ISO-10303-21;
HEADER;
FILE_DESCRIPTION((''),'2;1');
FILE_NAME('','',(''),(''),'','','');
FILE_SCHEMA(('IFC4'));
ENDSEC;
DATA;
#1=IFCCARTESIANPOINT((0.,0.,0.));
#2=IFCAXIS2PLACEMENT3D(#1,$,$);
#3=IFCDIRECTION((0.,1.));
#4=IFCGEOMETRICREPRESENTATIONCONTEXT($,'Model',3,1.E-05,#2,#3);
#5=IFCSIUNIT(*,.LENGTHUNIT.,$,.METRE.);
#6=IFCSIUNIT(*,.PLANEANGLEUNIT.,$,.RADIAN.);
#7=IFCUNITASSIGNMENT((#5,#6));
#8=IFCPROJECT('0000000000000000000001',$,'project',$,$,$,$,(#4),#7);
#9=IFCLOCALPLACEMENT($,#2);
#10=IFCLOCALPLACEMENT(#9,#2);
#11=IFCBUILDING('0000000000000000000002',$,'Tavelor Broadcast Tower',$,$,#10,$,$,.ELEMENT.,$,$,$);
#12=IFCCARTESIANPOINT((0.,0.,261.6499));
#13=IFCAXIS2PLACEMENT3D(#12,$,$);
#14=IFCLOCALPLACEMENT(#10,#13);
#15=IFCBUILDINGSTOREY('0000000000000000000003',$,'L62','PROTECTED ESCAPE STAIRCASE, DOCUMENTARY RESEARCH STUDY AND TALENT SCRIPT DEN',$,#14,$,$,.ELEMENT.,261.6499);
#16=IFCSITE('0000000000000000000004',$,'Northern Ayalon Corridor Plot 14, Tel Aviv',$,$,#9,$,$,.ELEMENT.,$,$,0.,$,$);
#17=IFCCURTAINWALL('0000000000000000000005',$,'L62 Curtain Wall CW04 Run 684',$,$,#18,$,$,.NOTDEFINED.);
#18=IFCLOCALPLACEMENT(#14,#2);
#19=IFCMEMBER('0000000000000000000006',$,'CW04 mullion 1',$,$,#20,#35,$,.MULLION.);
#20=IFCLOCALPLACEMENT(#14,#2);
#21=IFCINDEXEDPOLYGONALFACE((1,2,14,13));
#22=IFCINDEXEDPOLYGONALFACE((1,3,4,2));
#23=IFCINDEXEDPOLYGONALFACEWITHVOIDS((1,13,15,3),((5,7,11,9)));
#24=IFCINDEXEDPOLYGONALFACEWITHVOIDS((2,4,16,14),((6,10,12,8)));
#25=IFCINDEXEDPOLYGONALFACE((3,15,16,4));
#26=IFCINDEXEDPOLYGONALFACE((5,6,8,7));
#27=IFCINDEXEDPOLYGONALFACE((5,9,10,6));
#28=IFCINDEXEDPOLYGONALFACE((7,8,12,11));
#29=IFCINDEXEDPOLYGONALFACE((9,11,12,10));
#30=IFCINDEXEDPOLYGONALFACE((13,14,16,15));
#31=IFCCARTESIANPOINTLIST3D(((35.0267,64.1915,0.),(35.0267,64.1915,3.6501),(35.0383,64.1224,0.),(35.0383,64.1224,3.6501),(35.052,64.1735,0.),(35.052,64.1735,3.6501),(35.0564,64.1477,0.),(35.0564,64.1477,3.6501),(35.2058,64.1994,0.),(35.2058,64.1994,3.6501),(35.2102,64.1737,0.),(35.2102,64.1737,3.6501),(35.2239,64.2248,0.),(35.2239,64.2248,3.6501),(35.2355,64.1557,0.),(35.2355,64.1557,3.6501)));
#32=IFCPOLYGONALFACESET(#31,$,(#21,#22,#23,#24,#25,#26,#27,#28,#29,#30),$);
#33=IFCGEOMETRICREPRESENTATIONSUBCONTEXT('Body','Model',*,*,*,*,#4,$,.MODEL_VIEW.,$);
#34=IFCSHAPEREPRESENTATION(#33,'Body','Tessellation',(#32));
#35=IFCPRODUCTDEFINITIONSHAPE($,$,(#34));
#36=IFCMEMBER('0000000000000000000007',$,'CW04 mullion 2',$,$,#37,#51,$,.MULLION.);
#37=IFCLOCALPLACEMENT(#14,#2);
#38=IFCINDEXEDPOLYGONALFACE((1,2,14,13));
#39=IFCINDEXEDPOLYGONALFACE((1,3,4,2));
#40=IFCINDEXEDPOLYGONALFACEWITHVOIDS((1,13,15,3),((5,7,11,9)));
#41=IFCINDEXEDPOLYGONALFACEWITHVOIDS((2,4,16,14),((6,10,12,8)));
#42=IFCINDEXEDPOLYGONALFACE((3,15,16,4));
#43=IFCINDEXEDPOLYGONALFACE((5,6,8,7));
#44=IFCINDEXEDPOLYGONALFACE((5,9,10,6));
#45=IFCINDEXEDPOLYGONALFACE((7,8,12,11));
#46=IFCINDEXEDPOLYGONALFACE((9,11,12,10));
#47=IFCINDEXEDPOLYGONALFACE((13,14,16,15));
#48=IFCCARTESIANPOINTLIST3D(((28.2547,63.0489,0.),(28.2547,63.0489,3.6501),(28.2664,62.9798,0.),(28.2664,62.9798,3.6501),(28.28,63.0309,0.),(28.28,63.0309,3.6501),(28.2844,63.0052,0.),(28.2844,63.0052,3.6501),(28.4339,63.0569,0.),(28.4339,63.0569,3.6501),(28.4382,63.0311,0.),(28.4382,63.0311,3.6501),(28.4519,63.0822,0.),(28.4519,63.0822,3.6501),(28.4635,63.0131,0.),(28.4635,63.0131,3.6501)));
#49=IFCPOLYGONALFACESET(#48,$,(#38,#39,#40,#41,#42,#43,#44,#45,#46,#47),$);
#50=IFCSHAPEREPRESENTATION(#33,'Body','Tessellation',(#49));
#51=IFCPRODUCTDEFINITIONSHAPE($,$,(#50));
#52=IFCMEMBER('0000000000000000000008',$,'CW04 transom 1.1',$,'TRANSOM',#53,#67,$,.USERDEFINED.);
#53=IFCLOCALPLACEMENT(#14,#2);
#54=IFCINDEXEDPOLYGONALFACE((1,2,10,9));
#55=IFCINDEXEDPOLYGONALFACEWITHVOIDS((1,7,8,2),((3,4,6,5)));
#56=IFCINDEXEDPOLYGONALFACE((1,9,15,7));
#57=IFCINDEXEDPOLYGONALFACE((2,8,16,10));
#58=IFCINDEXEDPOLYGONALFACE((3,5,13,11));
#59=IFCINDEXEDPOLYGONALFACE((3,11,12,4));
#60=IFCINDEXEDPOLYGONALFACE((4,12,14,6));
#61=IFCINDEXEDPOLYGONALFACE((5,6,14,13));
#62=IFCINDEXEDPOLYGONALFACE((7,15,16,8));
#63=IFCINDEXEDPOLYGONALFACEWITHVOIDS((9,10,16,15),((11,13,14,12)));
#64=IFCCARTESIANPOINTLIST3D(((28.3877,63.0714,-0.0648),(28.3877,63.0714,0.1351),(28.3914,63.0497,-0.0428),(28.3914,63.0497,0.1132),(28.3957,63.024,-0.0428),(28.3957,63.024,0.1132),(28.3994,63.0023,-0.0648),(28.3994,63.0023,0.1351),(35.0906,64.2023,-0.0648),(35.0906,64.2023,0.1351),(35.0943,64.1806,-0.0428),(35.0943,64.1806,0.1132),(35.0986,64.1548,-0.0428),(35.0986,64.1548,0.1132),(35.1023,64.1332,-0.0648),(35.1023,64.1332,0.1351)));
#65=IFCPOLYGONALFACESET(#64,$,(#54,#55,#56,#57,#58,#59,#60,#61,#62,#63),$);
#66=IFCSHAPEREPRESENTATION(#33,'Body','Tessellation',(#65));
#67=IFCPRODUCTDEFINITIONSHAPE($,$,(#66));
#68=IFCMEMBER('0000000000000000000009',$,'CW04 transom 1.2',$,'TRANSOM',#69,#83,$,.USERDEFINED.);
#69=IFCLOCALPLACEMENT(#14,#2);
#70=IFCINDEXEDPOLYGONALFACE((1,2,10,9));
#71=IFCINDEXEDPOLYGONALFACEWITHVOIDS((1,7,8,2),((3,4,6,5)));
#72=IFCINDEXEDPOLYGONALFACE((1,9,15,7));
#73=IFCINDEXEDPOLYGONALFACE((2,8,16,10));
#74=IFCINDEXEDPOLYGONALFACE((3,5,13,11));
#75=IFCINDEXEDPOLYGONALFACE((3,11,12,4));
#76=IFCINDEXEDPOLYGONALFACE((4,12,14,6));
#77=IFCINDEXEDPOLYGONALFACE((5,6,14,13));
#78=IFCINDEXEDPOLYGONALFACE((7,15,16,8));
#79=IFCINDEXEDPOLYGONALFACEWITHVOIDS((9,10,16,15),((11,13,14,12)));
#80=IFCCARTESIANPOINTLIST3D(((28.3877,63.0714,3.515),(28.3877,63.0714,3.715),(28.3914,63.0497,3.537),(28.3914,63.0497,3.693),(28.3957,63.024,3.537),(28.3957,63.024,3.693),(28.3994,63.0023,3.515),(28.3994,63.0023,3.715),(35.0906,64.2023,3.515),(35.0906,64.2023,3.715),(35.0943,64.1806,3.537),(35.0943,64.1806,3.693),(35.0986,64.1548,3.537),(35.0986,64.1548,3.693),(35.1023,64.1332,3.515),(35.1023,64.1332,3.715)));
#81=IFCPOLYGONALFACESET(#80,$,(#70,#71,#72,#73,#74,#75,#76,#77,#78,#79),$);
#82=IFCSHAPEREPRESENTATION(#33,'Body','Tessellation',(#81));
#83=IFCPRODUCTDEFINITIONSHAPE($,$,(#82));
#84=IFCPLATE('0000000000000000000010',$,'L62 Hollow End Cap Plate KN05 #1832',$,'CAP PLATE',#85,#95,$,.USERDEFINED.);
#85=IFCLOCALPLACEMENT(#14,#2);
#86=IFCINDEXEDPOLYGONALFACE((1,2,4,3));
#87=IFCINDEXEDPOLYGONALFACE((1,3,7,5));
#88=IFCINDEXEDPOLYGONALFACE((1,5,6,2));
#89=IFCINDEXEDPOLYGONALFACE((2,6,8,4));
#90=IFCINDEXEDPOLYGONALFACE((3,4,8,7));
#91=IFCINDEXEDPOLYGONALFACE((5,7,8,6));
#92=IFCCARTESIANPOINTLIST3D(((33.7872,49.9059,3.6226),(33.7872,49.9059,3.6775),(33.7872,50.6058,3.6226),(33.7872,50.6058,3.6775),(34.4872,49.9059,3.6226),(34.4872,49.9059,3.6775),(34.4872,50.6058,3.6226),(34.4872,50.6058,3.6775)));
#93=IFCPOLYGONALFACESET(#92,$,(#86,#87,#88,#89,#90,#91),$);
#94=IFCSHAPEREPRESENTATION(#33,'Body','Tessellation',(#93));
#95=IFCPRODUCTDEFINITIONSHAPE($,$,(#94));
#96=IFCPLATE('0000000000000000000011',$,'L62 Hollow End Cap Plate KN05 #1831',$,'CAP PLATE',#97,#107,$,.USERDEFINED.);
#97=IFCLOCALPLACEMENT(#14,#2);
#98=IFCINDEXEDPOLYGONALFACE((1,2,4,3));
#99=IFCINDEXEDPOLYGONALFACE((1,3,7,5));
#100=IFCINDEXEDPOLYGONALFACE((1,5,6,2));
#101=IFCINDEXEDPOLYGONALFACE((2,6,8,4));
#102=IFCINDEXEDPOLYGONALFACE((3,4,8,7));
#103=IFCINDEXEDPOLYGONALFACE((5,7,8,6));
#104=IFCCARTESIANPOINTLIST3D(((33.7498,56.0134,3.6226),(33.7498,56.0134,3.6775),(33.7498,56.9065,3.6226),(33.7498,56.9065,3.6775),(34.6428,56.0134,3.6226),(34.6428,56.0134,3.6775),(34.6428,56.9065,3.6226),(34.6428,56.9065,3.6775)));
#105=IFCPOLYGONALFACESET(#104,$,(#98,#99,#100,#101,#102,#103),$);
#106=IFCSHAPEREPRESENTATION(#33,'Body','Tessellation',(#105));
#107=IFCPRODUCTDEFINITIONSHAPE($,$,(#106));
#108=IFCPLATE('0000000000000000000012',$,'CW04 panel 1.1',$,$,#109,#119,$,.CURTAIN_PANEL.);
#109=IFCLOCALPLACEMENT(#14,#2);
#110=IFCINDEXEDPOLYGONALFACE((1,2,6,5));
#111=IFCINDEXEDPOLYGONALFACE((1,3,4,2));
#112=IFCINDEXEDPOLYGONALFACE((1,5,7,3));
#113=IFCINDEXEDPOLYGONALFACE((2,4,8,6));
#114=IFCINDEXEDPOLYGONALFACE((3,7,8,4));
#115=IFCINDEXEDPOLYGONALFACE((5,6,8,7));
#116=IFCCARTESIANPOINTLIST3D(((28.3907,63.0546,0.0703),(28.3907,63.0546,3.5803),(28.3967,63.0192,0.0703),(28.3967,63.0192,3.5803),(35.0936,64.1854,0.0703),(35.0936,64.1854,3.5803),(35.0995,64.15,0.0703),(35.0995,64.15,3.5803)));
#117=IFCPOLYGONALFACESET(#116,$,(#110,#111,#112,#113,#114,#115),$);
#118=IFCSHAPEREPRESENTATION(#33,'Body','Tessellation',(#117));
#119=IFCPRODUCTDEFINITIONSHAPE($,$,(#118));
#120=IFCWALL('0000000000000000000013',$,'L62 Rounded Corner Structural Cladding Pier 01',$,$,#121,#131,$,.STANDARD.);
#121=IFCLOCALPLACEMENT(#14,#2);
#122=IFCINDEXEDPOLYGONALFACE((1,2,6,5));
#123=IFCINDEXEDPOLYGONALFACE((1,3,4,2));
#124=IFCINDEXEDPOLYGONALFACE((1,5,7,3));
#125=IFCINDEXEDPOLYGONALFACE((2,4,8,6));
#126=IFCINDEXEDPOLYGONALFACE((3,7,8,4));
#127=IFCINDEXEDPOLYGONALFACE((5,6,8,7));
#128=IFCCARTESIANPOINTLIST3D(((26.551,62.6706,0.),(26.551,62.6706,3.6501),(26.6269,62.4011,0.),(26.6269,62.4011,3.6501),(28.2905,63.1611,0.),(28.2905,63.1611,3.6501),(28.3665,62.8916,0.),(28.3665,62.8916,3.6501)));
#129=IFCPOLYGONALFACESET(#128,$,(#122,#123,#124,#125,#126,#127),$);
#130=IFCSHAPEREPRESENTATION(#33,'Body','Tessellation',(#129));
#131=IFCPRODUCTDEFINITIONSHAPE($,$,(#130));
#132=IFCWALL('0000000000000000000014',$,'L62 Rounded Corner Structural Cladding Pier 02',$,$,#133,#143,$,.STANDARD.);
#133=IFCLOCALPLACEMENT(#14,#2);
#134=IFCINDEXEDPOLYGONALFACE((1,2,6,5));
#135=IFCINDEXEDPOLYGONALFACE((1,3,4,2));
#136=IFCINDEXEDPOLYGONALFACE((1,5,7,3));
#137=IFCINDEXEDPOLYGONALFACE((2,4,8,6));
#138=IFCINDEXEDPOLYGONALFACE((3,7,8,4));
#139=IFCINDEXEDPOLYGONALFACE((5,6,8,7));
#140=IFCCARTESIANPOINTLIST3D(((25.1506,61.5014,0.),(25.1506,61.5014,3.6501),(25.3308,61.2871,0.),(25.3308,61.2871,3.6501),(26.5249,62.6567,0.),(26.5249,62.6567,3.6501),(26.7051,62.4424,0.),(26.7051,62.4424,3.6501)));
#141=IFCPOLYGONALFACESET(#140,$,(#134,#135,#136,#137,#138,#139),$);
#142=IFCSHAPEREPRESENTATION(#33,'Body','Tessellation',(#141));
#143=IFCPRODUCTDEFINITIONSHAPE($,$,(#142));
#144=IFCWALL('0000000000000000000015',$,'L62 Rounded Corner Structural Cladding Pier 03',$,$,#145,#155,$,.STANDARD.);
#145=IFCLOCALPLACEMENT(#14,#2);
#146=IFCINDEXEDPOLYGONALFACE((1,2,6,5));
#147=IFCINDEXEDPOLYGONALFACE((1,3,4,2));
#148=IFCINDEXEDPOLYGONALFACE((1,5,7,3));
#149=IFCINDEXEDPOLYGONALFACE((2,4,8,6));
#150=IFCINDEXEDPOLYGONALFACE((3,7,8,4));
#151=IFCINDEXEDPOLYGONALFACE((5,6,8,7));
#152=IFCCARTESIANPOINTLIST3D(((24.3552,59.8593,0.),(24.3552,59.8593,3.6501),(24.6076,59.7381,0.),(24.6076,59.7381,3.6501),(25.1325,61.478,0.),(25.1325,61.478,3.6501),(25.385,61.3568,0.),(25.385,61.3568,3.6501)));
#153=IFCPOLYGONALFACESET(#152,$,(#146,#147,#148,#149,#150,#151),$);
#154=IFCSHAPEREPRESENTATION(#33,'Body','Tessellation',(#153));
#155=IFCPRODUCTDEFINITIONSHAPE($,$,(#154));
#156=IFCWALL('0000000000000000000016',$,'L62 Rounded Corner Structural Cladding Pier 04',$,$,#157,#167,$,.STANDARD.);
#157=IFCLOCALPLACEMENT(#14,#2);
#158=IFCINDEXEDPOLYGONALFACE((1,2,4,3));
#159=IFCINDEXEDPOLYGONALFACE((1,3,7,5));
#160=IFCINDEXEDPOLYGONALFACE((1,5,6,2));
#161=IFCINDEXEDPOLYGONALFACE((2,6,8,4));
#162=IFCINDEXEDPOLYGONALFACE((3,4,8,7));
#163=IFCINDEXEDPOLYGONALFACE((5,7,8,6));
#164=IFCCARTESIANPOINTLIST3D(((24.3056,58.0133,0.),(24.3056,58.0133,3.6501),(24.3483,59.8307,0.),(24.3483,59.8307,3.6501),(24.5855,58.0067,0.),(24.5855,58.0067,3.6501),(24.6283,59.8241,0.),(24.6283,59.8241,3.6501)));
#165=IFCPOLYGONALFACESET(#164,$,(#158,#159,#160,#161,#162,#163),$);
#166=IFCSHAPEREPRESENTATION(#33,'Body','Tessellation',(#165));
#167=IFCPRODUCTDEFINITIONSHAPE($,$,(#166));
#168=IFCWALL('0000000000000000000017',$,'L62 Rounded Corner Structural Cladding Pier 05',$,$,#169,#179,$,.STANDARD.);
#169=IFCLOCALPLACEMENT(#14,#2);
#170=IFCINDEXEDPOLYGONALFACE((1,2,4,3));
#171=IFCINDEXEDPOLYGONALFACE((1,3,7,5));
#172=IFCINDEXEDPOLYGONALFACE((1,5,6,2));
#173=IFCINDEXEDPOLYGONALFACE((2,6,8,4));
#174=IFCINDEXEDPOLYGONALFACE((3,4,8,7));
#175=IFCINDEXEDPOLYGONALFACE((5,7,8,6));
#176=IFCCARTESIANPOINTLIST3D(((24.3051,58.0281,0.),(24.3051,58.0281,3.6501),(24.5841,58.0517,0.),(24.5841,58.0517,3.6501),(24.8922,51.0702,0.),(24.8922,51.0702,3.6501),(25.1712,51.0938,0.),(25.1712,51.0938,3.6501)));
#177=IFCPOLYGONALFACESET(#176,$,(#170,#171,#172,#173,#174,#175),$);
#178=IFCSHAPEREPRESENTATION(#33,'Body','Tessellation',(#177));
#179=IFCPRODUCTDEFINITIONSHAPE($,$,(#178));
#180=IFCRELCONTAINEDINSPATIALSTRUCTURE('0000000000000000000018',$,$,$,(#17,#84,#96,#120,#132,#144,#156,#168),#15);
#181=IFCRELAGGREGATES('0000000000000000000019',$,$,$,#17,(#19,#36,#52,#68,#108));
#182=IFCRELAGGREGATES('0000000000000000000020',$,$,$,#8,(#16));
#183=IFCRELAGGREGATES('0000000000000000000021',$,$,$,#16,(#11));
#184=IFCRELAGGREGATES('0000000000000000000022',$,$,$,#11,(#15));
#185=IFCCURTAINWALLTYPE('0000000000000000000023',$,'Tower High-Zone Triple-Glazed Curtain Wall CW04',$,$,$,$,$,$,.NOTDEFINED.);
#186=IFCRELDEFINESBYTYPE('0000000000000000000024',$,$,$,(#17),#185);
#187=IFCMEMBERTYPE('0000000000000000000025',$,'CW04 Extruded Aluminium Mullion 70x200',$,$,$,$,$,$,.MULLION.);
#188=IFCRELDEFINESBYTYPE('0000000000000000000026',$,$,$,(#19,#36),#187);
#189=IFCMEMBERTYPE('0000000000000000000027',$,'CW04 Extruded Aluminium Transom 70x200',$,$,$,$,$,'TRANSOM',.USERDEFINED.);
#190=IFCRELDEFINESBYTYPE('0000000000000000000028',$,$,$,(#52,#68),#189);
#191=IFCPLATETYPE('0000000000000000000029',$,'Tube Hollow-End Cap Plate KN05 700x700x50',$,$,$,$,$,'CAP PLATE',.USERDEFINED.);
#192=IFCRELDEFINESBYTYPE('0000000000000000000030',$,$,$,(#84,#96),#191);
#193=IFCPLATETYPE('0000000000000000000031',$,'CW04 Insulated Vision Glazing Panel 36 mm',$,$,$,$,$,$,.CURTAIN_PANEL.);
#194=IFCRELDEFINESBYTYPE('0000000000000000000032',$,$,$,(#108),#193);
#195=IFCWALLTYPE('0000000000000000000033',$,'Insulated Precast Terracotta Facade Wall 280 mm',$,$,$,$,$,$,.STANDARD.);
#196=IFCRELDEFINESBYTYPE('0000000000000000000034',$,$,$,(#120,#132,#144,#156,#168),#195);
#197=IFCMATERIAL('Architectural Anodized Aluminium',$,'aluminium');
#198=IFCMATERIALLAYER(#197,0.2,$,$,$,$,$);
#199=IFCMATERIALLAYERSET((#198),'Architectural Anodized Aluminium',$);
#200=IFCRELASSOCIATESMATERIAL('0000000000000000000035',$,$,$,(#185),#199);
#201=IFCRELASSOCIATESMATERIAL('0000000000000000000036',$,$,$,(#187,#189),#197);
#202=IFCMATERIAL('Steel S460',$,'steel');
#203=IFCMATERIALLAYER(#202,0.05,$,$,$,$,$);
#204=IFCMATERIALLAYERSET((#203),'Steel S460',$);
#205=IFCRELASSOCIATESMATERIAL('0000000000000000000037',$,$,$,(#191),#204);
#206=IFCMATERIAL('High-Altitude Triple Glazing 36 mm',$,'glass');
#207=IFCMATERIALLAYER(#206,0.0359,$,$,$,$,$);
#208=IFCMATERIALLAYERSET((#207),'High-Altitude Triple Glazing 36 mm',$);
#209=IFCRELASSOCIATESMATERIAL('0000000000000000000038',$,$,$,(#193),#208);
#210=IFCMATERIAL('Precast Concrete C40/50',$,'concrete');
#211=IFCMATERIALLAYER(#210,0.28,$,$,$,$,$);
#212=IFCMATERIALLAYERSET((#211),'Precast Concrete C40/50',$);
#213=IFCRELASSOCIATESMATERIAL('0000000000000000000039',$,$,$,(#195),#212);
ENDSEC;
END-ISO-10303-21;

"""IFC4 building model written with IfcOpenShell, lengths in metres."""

from ifc_helpers import new_model, si_unit, direction, frame, frame_2d, origin, origin_2d, place, context, subcontext, project, spatial, rectangle, hollow_rectangle, extrude, source, transform, mapped, material, layer, layer_set, material_profile, profile_set, type_object, type_shapes, element, aggregate, save


model = new_model("IFC4")

# Units and contexts
model_context = context("Model", 3, precision=1e-05, world=origin(), true_north=direction((0.0, 1.0)))
body_context = subcontext(model_context, "Body", "Model", "MODEL_VIEW")
ifc_project = project(units=[si_unit("LENGTHUNIT", "METRE"), si_unit("PLANEANGLEUNIT", "RADIAN")], contexts=[model_context])

# Site, building, storey
site_placement = place(None, origin())
site = spatial("IfcSite", under=ifc_project, at=site_placement, Name="Northern Ayalon Corridor Plot 14, Tel Aviv", CompositionType="ELEMENT", RefElevation=0.0)
building_placement = place(site_placement, origin())
building = spatial("IfcBuilding", under=site, at=building_placement, Name="Tavelor Broadcast Tower", CompositionType="ELEMENT")
storey_placement = place(building_placement, frame((0.0, 0.0, 261.6499)))
storey = spatial("IfcBuildingStorey", under=building, at=storey_placement, Name="L62", Description="PROTECTED ESCAPE STAIRCASE, DOCUMENTARY RESEARCH STUDY AND TALENT SCRIPT DEN", CompositionType="ELEMENT", Elevation=261.6499)

# Shared definitions
ifc_material_1 = material(Name="Steel S460", Category="steel")

# Curtain wall, members
ifc_material_2 = material(Name="Architectural Anodized Aluminium", Category="aluminium")
ifc_layer_1 = layer(ifc_material_2, 0.2)
ifc_layer_set_1 = layer_set([ifc_layer_1], Name="Architectural Anodized Aluminium")
curtain_wall_type = type_object("IfcCurtainWallType", Name="Tower High-Zone Triple-Glazed Curtain Wall CW04", PredefinedType="NOTDEFINED", material=ifc_layer_set_1)
curtain_wall_placement = place(storey_placement, origin())
curtain_wall = element("IfcCurtainWall", 1, at=curtain_wall_placement, inside=storey, type_object=curtain_wall_type, Name="L62 Curtain Wall CW04 Run 684", PredefinedType="NOTDEFINED")
ifc_material_profile_1 = material_profile(ifc_material_2, hollow_rectangle(XDim=0.0701, YDim=0.2, WallThickness=0.022, at=origin_2d()), Name="RHS 70x200x22")
ifc_profile_set_1 = profile_set([ifc_material_profile_1], Name="Architectural Anodized Aluminium")
member_type_1 = type_object("IfcMemberType", Name="CW04 Extruded Aluminium Mullion 70x200", PredefinedType="MULLION", material=ifc_profile_set_1)
shared_shape_1 = source(origin(), body_context, "Body", "SweptSolid", [
    extrude(hollow_rectangle(XDim=0.0701, YDim=0.2, WallThickness=0.022, at=origin_2d()), origin(), (0.0, 0.0, 1.0), 3.6501),
])
type_shapes(member_type_1, [shared_shape_1])
member_1_placement = place(storey_placement, frame((35.1311, 64.1736, 0.0), z_axis=(0.0, 0.0, 1.0), x_axis=(0.166355, -0.986066, 0.0)))
member_1 = element("IfcMember", 2, at=member_1_placement, type_object=member_type_1, Name="CW04 mullion 1", PredefinedType="MULLION", context=body_context, shape_type="MappedRepresentation", body=[
    mapped(shared_shape_1, transform((0.0, 0.0, 0.0), scale=1.0)),
])
member_2_placement = place(storey_placement, frame((28.3591, 63.031, 0.0), z_axis=(0.0, 0.0, 1.0), x_axis=(0.166355, -0.986066, 0.0)))
member_2 = element("IfcMember", 3, at=member_2_placement, type_object=member_type_1, Name="CW04 mullion 2", PredefinedType="MULLION", context=body_context, shape_type="MappedRepresentation", body=[
    mapped(shared_shape_1, transform((0.0, 0.0, 0.0), scale=1.0)),
])
ifc_material_profile_2 = material_profile(ifc_material_2, hollow_rectangle(XDim=0.0701, YDim=0.2, WallThickness=0.022, at=origin_2d()), Name="RHS 70x200x22")
ifc_profile_set_2 = profile_set([ifc_material_profile_2], Name="Architectural Anodized Aluminium")
member_type_2 = type_object("IfcMemberType", Name="CW04 Extruded Aluminium Transom 70x200", ElementType="TRANSOM", PredefinedType="USERDEFINED", material=ifc_profile_set_2)
shared_shape_2 = source(origin(), body_context, "Body", "SweptSolid", [
    extrude(hollow_rectangle(XDim=0.0701, YDim=0.2, WallThickness=0.022, at=origin_2d()), origin(), (0.0, 0.0, 1.0), 6.7976),
])
type_shapes(member_type_2, [shared_shape_2])
member_3_placement = place(storey_placement, frame((35.0964, 64.1677, 0.0352), z_axis=(-0.986065, -0.166361, 0.0), x_axis=(0.166361, -0.986065, 0.0)))
member_3 = element("IfcMember", 4, at=member_3_placement, type_object=member_type_2, Name="CW04 transom 1.1", ObjectType="TRANSOM", PredefinedType="USERDEFINED", context=body_context, shape_type="MappedRepresentation", body=[
    mapped(shared_shape_2, transform((0.0, 0.0, 0.0), scale=1.0)),
])
member_4_placement = place(storey_placement, frame((35.0964, 64.1677, 3.615), z_axis=(-0.986065, -0.166361, 0.0), x_axis=(0.166361, -0.986065, 0.0)))
member_4 = element("IfcMember", 5, at=member_4_placement, type_object=member_type_2, Name="CW04 transom 1.2", ObjectType="TRANSOM", PredefinedType="USERDEFINED", context=body_context, shape_type="MappedRepresentation", body=[
    mapped(shared_shape_2, transform((0.0, 0.0, 0.0), scale=1.0)),
])

# Plates
ifc_layer_2 = layer(ifc_material_1, 0.05)
ifc_layer_set_2 = layer_set([ifc_layer_2], Name="Steel S460")
plate_type_1 = type_object("IfcPlateType", Name="Tube Hollow-End Cap Plate KN05 700x700x50", ElementType="CAP PLATE", PredefinedType="USERDEFINED", material=ifc_layer_set_2)
shared_shape_3 = source(origin(), body_context, "Body", "SweptSolid", [
    extrude(rectangle(XDim=0.7, YDim=0.7, at=origin_2d()), origin(), (0.0, 0.0, 1.0), 0.0549),
])
plate_1_placement = place(storey_placement, frame((34.1372, 50.2559, 3.6226), z_axis=(0.0, 0.0, 1.0), x_axis=(1.0, 0.0, 0.0)))
element("IfcPlate", 6, at=plate_1_placement, inside=storey, type_object=plate_type_1, Name="L62 Hollow End Cap Plate KN05 #1832", ObjectType="CAP PLATE", PredefinedType="USERDEFINED", context=body_context, shape_type="MappedRepresentation", body=[
    mapped(shared_shape_3, transform((0.0, 0.0, 0.0), scale=1.0)),
])
shared_shape_4 = source(origin(), body_context, "Body", "SweptSolid", [
    extrude(rectangle(XDim=0.8931, YDim=0.8931, at=origin_2d()), origin(), (0.0, 0.0, 1.0), 0.0549),
])
type_shapes(plate_type_1, [shared_shape_3, shared_shape_4])
plate_2_placement = place(storey_placement, frame((34.1963, 56.46, 3.6226), z_axis=(0.0, 0.0, 1.0), x_axis=(1.0, 0.0, 0.0)))
element("IfcPlate", 7, at=plate_2_placement, inside=storey, type_object=plate_type_1, Name="L62 Hollow End Cap Plate KN05 #1831", ObjectType="CAP PLATE", PredefinedType="USERDEFINED", context=body_context, shape_type="MappedRepresentation", body=[
    mapped(shared_shape_4, transform((0.0, 0.0, 0.0), scale=1.0)),
])

# Plate
ifc_material_3 = material(Name="High-Altitude Triple Glazing 36 mm", Category="glass")
ifc_layer_3 = layer(ifc_material_3, 0.0359)
ifc_layer_set_3 = layer_set([ifc_layer_3], Name="High-Altitude Triple Glazing 36 mm")
plate_type_2 = type_object("IfcPlateType", Name="CW04 Insulated Vision Glazing Panel 36 mm", PredefinedType="CURTAIN_PANEL", material=ifc_layer_set_3)
shared_shape_5 = source(origin(), body_context, "Body", "SweptSolid", [
    extrude(rectangle(XDim=6.7976, YDim=0.0359, at=origin_2d()), origin(), (0.0, 0.0, 1.0), 3.51),
])
type_shapes(plate_type_2, [shared_shape_5])
plate_3_placement = place(storey_placement, frame((31.7451, 63.6023, 0.0703), z_axis=(0.0, 0.0, 1.0), x_axis=(-0.986066, -0.166355, 0.0)))
plate_3 = element("IfcPlate", 8, at=plate_3_placement, type_object=plate_type_2, Name="CW04 panel 1.1", PredefinedType="CURTAIN_PANEL", context=body_context, shape_type="MappedRepresentation", body=[
    mapped(shared_shape_5, transform((0.0, 0.0, 0.0), scale=1.0)),
])
aggregate(curtain_wall, [member_1, member_2, member_3, member_4, plate_3])

# Walls
ifc_material_4 = material(Name="Precast Concrete C40/50", Category="concrete")
ifc_layer_4 = layer(ifc_material_4, 0.28)
ifc_layer_set_4 = layer_set([ifc_layer_4], Name="Precast Concrete C40/50")
wall_type_1 = type_object("IfcWallType", Name="Insulated Precast Terracotta Facade Wall 280 mm", PredefinedType="STANDARD", material=ifc_layer_set_4)
wall_1_placement = place(storey_placement, frame((28.3286, 63.0264, 0.0), z_axis=(0.0, 0.0, 1.0), x_axis=(-0.962471, -0.271383, 0.0)))
element("IfcWall", 9, at=wall_1_placement, inside=storey, type_object=wall_type_1, Name="L62 Rounded Corner Structural Cladding Pier 01", PredefinedType="STANDARD", context=body_context, shape_type="SweptSolid", body=[
    extrude(rectangle(XDim=1.8074, YDim=0.28, at=frame_2d((0.9038, 0.0))), origin(), (0.0, 0.0, 1.0), 3.6501),
])
wall_2_placement = place(storey_placement, frame((26.615, 62.5496, 0.0), z_axis=(0.0, 0.0, 1.0), x_axis=(-0.765461, -0.643482, 0.0)))
element("IfcWall", 10, at=wall_2_placement, inside=storey, type_object=wall_type_1, Name="L62 Rounded Corner Structural Cladding Pier 02", PredefinedType="STANDARD", context=body_context, shape_type="SweptSolid", body=[
    extrude(rectangle(XDim=1.7954, YDim=0.28, at=frame_2d((0.8977, 0.0))), origin(), (0.0, 0.0, 1.0), 3.6501),
])
wall_3_placement = place(storey_placement, frame((25.2588, 61.4175, 0.0), z_axis=(0.0, 0.0, 1.0), x_axis=(-0.432908, -0.901438, 0.0)))
element("IfcWall", 11, at=wall_3_placement, inside=storey, type_object=wall_type_1, Name="L62 Rounded Corner Structural Cladding Pier 03", PredefinedType="STANDARD", context=body_context, shape_type="SweptSolid", body=[
    extrude(rectangle(XDim=1.7957, YDim=0.28, at=frame_2d((0.8979, 0.0))), origin(), (0.0, 0.0, 1.0), 3.6501),
])
wall_4_placement = place(storey_placement, frame((24.4883, 59.8274, 0.0), z_axis=(0.0, 0.0, 1.0), x_axis=(-0.023502, -0.999724, 0.0)))
element("IfcWall", 12, at=wall_4_placement, inside=storey, type_object=wall_type_1, Name="L62 Rounded Corner Structural Cladding Pier 04", PredefinedType="STANDARD", context=body_context, shape_type="SweptSolid", body=[
    extrude(rectangle(XDim=1.8179, YDim=0.28, at=frame_2d((0.9089, 0.0))), origin(), (0.0, 0.0, 1.0), 3.6501),
])
wall_5_placement = place(storey_placement, frame((24.4446, 58.0398, 0.0), z_axis=(0.0, 0.0, 1.0), x_axis=(0.084087, -0.996458, 0.0)))
element("IfcWall", 13, at=wall_5_placement, inside=storey, type_object=wall_type_1, Name="L62 Rounded Corner Structural Cladding Pier 05", PredefinedType="STANDARD", context=body_context, shape_type="SweptSolid", body=[
    extrude(rectangle(XDim=6.9827, YDim=0.28, at=frame_2d((3.4912, 0.0))), origin(), (0.0, 0.0, 1.0), 3.6501),
])

save(model, "model.ifc")
